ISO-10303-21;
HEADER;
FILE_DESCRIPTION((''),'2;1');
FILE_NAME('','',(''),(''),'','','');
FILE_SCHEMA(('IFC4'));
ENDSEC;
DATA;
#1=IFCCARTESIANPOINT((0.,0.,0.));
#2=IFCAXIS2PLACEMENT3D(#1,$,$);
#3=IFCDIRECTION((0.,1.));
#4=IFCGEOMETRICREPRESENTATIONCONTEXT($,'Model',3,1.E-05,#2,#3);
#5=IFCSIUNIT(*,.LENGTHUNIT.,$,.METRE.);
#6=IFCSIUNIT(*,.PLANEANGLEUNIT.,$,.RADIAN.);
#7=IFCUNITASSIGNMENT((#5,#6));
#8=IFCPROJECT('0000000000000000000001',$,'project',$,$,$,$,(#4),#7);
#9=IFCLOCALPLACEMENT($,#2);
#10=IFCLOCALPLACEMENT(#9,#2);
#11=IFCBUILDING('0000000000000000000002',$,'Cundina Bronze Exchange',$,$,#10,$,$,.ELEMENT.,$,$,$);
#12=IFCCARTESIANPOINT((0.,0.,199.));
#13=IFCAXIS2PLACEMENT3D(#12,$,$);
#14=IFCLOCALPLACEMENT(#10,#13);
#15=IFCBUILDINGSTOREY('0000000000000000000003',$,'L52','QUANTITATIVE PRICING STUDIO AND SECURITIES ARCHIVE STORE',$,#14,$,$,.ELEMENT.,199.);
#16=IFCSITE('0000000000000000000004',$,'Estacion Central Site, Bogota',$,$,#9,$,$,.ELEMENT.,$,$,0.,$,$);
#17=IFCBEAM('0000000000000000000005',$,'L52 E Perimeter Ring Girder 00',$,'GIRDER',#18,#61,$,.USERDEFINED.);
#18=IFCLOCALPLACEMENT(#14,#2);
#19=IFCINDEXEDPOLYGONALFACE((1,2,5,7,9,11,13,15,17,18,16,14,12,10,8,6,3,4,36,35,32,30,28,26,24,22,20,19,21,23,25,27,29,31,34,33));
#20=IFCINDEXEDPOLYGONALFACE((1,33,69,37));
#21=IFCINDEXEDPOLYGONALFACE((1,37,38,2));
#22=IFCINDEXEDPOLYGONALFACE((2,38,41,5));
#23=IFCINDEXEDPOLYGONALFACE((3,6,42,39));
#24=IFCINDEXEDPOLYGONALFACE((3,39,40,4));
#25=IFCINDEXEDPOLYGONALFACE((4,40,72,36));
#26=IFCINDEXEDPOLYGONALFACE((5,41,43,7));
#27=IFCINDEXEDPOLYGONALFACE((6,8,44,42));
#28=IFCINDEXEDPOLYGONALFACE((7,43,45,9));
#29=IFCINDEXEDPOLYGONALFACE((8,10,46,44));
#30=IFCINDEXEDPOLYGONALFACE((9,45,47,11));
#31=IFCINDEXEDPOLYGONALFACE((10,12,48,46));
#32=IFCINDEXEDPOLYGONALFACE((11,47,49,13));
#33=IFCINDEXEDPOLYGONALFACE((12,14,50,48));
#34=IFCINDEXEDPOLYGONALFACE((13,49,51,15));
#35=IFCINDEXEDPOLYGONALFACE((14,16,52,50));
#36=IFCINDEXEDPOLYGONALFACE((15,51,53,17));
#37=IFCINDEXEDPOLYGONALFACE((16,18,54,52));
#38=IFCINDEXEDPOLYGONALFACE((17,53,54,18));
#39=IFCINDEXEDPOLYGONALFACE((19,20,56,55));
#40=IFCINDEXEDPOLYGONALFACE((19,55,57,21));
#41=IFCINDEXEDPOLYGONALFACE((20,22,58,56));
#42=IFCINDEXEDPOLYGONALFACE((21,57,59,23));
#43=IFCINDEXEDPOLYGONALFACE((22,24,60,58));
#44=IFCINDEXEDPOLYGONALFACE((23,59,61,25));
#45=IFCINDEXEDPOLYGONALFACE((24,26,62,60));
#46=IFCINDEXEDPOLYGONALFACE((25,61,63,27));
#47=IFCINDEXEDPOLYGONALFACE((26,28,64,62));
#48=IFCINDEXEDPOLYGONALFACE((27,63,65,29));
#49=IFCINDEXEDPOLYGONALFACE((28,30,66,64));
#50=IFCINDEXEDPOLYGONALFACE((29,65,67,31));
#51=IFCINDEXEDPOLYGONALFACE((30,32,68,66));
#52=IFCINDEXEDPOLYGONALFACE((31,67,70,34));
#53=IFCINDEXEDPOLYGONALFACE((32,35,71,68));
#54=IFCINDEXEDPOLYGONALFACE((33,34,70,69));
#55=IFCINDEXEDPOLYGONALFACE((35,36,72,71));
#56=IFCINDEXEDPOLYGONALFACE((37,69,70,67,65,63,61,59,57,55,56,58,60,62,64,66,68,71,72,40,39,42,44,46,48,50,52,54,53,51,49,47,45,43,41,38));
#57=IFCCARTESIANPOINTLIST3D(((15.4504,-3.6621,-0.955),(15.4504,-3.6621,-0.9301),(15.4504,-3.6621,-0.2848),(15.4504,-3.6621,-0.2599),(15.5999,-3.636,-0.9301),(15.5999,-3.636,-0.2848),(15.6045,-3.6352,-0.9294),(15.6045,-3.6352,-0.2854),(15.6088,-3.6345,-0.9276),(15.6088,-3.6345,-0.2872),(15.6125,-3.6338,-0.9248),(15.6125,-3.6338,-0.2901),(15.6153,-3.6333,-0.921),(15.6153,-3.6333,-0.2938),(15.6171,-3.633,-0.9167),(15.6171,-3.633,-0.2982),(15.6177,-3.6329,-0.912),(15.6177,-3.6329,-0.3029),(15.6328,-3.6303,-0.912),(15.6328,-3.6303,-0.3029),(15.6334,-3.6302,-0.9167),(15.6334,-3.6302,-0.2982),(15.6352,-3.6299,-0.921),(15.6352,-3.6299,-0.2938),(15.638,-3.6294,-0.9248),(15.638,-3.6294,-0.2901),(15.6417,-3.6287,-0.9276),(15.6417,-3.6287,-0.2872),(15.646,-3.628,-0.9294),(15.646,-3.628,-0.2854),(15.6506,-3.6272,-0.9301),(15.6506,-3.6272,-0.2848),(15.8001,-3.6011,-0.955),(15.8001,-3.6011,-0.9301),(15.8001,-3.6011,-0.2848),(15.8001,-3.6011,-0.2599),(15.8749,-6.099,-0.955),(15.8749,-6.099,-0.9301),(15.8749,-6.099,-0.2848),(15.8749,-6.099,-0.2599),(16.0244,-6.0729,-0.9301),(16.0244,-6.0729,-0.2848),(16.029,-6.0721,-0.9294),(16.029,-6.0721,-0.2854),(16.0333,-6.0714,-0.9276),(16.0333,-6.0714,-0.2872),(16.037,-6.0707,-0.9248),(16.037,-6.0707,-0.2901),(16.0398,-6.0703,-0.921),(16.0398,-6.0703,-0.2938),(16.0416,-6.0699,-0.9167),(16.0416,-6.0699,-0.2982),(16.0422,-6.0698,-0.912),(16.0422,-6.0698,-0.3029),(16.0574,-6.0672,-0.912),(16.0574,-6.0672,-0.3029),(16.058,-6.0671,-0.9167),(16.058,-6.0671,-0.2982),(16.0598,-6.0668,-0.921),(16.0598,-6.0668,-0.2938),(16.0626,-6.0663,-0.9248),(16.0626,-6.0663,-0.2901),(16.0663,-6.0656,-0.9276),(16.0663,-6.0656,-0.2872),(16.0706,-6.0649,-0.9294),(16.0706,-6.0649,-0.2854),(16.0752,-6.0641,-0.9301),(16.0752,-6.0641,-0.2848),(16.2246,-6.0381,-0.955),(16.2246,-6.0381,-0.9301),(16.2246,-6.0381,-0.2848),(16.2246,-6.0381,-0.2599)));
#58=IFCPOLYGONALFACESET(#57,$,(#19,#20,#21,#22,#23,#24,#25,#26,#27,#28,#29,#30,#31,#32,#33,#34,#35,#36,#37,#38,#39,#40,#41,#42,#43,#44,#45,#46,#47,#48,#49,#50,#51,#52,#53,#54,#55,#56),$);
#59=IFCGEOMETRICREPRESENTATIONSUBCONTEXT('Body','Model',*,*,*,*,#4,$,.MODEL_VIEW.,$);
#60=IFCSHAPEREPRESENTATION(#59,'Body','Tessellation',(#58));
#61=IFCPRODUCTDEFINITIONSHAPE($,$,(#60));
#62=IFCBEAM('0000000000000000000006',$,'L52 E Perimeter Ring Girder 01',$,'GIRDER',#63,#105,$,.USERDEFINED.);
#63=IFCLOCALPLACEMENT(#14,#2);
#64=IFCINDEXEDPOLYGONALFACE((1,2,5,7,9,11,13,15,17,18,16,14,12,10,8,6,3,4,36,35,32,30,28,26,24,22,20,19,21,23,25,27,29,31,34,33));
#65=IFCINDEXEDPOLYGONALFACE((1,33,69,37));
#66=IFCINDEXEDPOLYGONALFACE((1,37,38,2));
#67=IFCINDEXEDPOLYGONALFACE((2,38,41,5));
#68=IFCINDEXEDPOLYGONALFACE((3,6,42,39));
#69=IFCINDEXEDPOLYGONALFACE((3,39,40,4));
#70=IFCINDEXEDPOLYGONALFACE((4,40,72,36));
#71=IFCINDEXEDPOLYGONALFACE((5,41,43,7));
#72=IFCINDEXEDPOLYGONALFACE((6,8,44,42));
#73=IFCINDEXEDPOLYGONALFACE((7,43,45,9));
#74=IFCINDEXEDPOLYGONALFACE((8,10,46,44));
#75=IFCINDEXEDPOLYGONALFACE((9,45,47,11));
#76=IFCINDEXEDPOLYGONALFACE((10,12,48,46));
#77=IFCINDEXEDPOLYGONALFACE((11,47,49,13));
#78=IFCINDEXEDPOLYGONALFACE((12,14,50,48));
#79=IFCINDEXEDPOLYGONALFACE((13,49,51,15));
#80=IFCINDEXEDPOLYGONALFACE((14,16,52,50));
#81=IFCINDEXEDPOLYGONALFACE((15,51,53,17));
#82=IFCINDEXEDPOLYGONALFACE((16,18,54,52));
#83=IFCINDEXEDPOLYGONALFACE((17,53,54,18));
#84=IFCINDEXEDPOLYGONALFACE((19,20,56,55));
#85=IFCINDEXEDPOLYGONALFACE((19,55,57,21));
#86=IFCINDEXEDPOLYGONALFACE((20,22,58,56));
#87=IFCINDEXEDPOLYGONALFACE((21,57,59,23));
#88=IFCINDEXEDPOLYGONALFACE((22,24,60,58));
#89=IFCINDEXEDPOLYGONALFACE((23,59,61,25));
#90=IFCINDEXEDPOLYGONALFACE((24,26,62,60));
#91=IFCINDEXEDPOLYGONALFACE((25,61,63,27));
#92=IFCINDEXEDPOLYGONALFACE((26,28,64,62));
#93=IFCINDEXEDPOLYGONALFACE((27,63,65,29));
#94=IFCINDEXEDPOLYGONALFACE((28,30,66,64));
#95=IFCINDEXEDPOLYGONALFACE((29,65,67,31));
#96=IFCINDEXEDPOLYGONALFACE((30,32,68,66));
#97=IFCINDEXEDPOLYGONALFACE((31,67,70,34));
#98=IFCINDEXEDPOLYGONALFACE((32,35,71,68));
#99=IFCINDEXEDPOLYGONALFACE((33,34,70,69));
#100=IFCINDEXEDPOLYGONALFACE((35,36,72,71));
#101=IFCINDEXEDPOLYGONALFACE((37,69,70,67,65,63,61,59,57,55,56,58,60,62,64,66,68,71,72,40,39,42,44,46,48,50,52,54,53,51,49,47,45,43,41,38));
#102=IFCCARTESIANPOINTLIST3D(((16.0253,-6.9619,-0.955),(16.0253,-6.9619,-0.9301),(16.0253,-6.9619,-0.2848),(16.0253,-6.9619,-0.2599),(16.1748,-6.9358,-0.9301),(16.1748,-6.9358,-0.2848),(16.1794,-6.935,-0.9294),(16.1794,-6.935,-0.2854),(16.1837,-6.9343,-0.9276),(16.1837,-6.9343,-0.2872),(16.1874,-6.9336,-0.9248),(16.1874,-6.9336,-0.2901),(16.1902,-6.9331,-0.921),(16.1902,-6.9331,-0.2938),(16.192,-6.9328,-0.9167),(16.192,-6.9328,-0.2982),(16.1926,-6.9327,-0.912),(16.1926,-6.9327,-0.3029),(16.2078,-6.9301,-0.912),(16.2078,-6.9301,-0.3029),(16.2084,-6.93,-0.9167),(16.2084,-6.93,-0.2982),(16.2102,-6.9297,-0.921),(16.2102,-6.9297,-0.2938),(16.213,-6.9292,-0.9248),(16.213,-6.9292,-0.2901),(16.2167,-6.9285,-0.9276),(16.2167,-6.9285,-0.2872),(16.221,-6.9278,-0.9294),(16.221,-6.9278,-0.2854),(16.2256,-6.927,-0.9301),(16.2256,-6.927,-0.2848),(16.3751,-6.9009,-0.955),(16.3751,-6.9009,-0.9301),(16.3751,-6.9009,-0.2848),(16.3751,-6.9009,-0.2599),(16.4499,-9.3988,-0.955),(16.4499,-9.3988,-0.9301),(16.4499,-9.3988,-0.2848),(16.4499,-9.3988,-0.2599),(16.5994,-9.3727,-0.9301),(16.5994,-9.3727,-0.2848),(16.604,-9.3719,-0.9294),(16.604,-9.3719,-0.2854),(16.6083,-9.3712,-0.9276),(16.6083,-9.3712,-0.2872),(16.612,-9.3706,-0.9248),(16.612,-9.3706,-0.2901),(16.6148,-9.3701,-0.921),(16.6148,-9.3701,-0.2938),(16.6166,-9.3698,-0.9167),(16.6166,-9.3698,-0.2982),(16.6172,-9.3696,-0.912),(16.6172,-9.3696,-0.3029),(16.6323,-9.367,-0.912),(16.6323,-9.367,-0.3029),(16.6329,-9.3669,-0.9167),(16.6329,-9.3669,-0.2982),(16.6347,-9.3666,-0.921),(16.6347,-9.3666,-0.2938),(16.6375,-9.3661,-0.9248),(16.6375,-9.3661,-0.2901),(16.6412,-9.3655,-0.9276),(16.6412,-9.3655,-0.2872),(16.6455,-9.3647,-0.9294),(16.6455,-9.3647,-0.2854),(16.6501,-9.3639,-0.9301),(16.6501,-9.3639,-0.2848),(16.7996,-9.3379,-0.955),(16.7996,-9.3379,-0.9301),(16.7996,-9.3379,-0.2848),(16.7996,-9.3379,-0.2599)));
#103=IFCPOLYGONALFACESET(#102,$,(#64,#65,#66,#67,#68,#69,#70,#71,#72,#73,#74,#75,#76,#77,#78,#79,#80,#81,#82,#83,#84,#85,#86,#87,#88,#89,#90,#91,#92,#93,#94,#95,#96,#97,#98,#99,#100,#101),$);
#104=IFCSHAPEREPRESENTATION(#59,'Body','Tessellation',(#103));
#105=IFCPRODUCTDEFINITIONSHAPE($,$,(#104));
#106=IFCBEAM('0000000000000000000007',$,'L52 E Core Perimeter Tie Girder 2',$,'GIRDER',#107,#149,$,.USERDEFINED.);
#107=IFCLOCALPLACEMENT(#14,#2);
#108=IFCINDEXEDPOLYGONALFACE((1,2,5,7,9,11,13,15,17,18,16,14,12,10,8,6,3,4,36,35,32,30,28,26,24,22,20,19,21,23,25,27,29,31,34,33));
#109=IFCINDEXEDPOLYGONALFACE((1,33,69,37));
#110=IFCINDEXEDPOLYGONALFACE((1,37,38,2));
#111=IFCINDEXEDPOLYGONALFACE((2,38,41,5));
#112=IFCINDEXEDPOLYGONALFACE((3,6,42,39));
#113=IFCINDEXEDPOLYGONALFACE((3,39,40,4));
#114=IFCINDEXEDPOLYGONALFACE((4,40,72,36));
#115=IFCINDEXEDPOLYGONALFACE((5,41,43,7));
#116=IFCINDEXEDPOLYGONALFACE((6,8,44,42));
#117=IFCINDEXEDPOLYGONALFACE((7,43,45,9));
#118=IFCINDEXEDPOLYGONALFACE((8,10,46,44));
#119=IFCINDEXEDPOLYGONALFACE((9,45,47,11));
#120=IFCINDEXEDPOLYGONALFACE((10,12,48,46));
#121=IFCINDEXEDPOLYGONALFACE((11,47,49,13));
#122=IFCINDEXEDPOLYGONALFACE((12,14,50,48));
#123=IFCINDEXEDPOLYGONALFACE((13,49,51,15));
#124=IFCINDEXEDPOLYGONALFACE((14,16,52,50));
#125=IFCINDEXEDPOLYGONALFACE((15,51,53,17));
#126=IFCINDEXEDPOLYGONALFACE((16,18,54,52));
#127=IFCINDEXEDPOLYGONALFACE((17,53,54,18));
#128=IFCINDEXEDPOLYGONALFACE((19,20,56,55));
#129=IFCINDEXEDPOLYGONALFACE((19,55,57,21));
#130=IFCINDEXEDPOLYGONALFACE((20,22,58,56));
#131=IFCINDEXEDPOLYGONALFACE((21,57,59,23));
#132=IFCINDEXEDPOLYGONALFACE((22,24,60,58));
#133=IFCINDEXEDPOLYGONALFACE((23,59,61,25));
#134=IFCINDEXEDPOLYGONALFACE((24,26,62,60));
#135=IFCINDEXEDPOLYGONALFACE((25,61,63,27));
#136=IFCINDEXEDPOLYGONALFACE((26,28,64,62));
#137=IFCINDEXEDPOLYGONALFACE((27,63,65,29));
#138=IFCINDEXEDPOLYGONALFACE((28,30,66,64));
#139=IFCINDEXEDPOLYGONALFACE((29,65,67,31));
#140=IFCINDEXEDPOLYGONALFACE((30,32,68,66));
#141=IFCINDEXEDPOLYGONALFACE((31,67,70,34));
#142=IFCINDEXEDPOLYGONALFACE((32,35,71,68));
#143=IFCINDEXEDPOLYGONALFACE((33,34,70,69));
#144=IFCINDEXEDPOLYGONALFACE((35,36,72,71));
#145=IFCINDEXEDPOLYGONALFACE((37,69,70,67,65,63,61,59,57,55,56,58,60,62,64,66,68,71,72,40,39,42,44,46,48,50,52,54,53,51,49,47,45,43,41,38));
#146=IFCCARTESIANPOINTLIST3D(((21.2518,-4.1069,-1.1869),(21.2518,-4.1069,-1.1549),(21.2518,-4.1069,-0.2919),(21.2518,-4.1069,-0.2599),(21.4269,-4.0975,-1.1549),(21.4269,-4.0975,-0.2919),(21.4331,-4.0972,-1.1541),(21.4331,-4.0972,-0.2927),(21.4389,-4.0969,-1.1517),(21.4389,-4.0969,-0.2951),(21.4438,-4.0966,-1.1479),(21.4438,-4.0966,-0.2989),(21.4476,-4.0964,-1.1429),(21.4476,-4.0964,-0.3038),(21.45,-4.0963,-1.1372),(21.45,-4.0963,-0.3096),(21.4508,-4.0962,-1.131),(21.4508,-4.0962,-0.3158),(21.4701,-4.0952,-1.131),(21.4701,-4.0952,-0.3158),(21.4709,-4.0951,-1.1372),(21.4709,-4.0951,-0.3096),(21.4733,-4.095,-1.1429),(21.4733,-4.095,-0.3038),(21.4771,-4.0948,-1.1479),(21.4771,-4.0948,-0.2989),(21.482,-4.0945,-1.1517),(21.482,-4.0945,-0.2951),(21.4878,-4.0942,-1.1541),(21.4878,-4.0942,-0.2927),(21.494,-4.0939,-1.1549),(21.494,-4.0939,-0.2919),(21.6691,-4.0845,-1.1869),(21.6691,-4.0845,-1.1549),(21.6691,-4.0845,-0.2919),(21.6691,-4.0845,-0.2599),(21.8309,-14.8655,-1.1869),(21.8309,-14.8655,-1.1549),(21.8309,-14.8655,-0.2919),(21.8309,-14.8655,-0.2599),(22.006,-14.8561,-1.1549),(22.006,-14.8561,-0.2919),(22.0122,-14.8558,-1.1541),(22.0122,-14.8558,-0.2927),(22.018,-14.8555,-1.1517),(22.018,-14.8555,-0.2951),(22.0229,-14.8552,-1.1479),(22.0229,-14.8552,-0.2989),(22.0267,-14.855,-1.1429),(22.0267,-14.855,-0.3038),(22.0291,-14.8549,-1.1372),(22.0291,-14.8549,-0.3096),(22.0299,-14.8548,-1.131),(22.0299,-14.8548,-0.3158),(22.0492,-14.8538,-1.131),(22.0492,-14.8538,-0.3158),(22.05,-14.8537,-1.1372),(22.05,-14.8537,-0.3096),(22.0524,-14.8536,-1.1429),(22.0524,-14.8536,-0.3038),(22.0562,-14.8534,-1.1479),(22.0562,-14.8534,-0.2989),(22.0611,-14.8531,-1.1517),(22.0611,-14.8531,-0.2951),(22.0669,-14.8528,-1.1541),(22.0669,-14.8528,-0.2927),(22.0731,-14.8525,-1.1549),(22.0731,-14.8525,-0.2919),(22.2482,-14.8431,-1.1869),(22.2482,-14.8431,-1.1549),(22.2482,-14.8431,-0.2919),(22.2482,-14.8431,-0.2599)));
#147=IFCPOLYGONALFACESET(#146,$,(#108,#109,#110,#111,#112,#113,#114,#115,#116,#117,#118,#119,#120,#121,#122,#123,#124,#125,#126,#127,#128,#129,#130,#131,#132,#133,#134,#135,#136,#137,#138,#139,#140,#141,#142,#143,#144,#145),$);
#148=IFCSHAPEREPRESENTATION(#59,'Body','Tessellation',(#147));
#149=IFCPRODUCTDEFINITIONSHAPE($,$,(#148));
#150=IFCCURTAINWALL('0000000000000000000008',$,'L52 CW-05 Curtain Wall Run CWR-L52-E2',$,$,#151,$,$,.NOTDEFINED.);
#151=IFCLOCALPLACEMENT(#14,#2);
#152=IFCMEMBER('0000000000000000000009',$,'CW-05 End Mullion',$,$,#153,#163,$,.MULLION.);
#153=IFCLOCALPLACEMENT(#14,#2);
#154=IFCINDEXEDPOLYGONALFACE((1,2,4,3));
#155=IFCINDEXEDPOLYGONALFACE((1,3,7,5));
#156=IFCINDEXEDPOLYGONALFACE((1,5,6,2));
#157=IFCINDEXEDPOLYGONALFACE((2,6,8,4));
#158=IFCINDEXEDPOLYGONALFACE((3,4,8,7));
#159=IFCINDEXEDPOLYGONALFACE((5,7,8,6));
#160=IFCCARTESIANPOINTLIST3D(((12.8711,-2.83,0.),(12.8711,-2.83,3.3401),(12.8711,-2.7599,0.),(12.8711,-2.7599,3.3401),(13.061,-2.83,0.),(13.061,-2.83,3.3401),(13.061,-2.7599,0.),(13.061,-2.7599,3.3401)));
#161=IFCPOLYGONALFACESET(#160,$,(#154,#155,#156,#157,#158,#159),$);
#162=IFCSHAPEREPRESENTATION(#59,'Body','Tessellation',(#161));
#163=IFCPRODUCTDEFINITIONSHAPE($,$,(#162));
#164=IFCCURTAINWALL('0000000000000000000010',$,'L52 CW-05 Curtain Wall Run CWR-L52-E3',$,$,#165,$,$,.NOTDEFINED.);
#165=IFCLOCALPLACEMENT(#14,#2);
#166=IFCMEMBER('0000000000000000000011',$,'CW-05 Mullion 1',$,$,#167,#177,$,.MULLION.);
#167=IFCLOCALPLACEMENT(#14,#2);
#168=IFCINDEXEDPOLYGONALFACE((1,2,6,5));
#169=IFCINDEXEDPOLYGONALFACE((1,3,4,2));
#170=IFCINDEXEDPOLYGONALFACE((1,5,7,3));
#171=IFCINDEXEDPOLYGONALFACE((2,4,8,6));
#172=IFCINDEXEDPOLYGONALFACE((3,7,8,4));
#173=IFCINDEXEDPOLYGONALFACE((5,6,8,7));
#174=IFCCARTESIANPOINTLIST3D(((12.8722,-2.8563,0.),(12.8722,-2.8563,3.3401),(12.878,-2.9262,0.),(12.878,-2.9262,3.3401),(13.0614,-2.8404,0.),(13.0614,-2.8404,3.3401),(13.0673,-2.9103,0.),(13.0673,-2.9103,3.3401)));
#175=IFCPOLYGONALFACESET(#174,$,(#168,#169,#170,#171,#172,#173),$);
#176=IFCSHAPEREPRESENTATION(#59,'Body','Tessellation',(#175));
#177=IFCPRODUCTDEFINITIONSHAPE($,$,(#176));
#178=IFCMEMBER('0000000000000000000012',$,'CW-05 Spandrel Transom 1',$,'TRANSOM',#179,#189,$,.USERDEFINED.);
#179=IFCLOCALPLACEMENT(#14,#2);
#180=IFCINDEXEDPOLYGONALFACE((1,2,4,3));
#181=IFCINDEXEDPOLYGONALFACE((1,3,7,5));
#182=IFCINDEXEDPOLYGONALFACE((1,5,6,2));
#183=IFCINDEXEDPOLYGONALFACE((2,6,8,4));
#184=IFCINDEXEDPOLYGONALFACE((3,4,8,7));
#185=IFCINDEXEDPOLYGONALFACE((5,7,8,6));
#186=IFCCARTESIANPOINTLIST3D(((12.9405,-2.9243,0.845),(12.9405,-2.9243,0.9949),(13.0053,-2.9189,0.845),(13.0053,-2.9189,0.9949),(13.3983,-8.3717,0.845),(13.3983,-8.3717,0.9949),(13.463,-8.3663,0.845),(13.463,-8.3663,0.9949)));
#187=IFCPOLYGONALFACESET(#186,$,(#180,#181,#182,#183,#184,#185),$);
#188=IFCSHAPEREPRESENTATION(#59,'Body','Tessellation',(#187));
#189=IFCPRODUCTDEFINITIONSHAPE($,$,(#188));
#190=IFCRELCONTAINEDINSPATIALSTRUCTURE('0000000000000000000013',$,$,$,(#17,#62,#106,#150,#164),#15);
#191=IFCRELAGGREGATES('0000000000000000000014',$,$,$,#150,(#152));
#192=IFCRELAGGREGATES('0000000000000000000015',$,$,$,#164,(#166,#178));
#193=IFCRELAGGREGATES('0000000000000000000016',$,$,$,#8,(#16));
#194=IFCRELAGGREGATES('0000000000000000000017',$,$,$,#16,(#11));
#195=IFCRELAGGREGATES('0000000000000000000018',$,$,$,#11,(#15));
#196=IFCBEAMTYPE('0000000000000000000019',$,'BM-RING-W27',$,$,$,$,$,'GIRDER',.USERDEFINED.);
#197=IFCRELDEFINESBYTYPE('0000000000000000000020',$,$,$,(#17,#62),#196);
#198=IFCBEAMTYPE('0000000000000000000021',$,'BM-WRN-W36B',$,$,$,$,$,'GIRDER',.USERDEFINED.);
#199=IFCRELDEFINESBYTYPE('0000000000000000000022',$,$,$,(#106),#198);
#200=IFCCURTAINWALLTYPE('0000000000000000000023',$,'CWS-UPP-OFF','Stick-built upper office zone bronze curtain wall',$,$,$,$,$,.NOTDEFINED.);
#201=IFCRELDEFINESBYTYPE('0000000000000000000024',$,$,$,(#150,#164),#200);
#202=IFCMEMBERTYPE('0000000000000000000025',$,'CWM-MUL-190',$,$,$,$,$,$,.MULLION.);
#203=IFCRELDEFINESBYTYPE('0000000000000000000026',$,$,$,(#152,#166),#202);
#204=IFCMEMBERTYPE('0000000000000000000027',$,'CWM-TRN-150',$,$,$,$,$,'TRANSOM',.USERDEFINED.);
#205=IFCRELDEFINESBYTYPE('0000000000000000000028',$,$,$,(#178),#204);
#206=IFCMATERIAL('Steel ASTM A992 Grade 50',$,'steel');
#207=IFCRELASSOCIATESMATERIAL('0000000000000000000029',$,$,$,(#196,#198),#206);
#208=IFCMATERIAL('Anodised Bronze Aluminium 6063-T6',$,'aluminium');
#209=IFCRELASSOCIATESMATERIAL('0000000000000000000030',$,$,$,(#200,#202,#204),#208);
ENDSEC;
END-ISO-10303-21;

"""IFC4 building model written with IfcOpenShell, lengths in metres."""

from ifc_helpers import new_model, si_unit, direction, frame, origin, origin_2d, place, context, subcontext, project, spatial, rectangle, i_section, extrude, material, material_profile, profile_set, type_object, element, aggregate, save


model = new_model("IFC4")

# Units and contexts
model_context = context("Model", 3, precision=1e-05, world=origin(), true_north=direction((0.0, 1.0)))
body_context = subcontext(model_context, "Body", "Model", "MODEL_VIEW")
ifc_project = project(units=[si_unit("LENGTHUNIT", "METRE"), si_unit("PLANEANGLEUNIT", "RADIAN")], contexts=[model_context])

# Site, building, storey
site_placement = place(None, origin())
site = spatial("IfcSite", under=ifc_project, at=site_placement, Name="Estacion Central Site, Bogota", CompositionType="ELEMENT", RefElevation=0.0)
building_placement = place(site_placement, origin())
building = spatial("IfcBuilding", under=site, at=building_placement, Name="Cundina Bronze Exchange", CompositionType="ELEMENT")
storey_placement = place(building_placement, frame((0.0, 0.0, 199.0)))
storey = spatial("IfcBuildingStorey", under=building, at=storey_placement, Name="L52", Description="QUANTITATIVE PRICING STUDIO AND SECURITIES ARCHIVE STORE", CompositionType="ELEMENT", Elevation=199.0)

# Shared definitions
ifc_material_1 = material(Name="Steel ASTM A992 Grade 50", Category="steel")

# Beams
ifc_material_profile_1 = material_profile(ifc_material_1, i_section(OverallWidth=0.355, OverallDepth=0.6951, WebThickness=0.0154, FlangeThickness=0.0249, FilletRadius=0.0181, at=origin_2d()), Name="W27X146", Category="steel")
ifc_profile_set_1 = profile_set([ifc_material_profile_1], Name="Steel ASTM A992 Grade 50")
beam_type_1 = type_object("IfcBeamType", Name="BM-RING-W27", ElementType="GIRDER", PredefinedType="USERDEFINED", material=ifc_profile_set_1)
for number, where, z_axis, x_axis, name in (
    (1, (15.6252, -3.6316, -0.6074), (0.171629, -0.985162, 0.0), (0.985162, 0.171629, 0.0), "L52 E Perimeter Ring Girder 00"),
    (2, (16.2002, -6.9314, -0.6074), (0.171629, -0.985162, 0.0), (0.985162, 0.171629, 0.0), "L52 E Perimeter Ring Girder 01"),
):
    element("IfcBeam", number, at=place(storey_placement, frame(where, z_axis=z_axis, x_axis=x_axis)), inside=storey, type_object=beam_type_1, Name=name, ObjectType="GIRDER", PredefinedType="USERDEFINED", context=body_context, shape_type="SweptSolid", body=[
        extrude(i_section(OverallWidth=0.355, OverallDepth=0.6951, WebThickness=0.0154, FlangeThickness=0.0249, FilletRadius=0.0181, at=origin_2d()), origin(), (0.0, 0.0, 1.0), 2.4736),
    ])
ifc_material_profile_2 = material_profile(ifc_material_1, i_section(OverallWidth=0.418, OverallDepth=0.927, WebThickness=0.0193, FlangeThickness=0.032, FilletRadius=0.0239, at=origin_2d()), Name="W36X231", Category="steel")
ifc_profile_set_2 = profile_set([ifc_material_profile_2], Name="Steel ASTM A992 Grade 50")
beam_type_2 = type_object("IfcBeamType", Name="BM-WRN-W36B", ElementType="GIRDER", PredefinedType="USERDEFINED", material=ifc_profile_set_2)
beam_1_placement = place(storey_placement, frame((21.4604, -4.0957, -0.7234), z_axis=(0.053749, -0.998554, 0.0), x_axis=(0.998554, 0.053749, 0.0)))
element("IfcBeam", 3, at=beam_1_placement, inside=storey, type_object=beam_type_2, Name="L52 E Core Perimeter Tie Girder 2", ObjectType="GIRDER", PredefinedType="USERDEFINED", context=body_context, shape_type="SweptSolid", body=[
    extrude(i_section(OverallWidth=0.418, OverallDepth=0.927, WebThickness=0.0193, FlangeThickness=0.032, FilletRadius=0.0239, at=origin_2d()), origin(), (0.0, 0.0, 1.0), 10.7742),
])

# Curtain wall, member
ifc_material_2 = material(Name="Anodised Bronze Aluminium 6063-T6", Category="aluminium")
curtain_wall_type = type_object("IfcCurtainWallType", Name="CWS-UPP-OFF", Description="Stick-built upper office zone bronze curtain wall", PredefinedType="NOTDEFINED", material=ifc_material_2)
curtain_wall_1_placement = place(storey_placement, origin())
curtain_wall_1 = element("IfcCurtainWall", 4, at=curtain_wall_1_placement, inside=storey, type_object=curtain_wall_type, Name="L52 CW-05 Curtain Wall Run CWR-L52-E2", PredefinedType="NOTDEFINED")
ifc_material_profile_3 = material_profile(ifc_material_2, rectangle(XDim=0.0701, YDim=0.1899, at=origin_2d()), Name="AL70X190", Category="aluminium")
ifc_profile_set_3 = profile_set([ifc_material_profile_3], Name="Anodised Bronze Aluminium 6063-T6")
member_type_1 = type_object("IfcMemberType", Name="CWM-MUL-190", PredefinedType="MULLION", material=ifc_profile_set_3)
member_1_placement = place(storey_placement, frame((12.9661, -2.7949, 0.0), z_axis=(0.0, 0.0, 1.0), x_axis=(0.0, -1.0, 0.0)))
member_1 = element("IfcMember", 5, at=member_1_placement, type_object=member_type_1, Name="CW-05 End Mullion", PredefinedType="MULLION", context=body_context, shape_type="SweptSolid", body=[
    extrude(rectangle(XDim=0.0701, YDim=0.1899, at=origin_2d()), origin(), (0.0, 0.0, 1.0), 3.3401),
])
aggregate(curtain_wall_1, [member_1])

# Curtain wall, members
curtain_wall_2_placement = place(storey_placement, origin())
curtain_wall_2 = element("IfcCurtainWall", 6, at=curtain_wall_2_placement, inside=storey, type_object=curtain_wall_type, Name="L52 CW-05 Curtain Wall Run CWR-L52-E3", PredefinedType="NOTDEFINED")
member_2_placement = place(storey_placement, frame((12.9697, -2.8833, 0.0), z_axis=(0.0, 0.0, 1.0), x_axis=(0.083678, -0.996493, 0.0)))
member_2 = element("IfcMember", 7, at=member_2_placement, type_object=member_type_1, Name="CW-05 Mullion 1", PredefinedType="MULLION", context=body_context, shape_type="SweptSolid", body=[
    extrude(rectangle(XDim=0.0701, YDim=0.1899, at=origin_2d()), origin(), (0.0, 0.0, 1.0), 3.3401),
])
ifc_material_profile_4 = material_profile(ifc_material_2, rectangle(XDim=0.0649, YDim=0.1499, at=origin_2d()), Name="AL65X150", Category="aluminium")
ifc_profile_set_4 = profile_set([ifc_material_profile_4], Name="Anodised Bronze Aluminium 6063-T6")
member_type_2 = type_object("IfcMemberType", Name="CWM-TRN-150", ElementType="TRANSOM", PredefinedType="USERDEFINED", material=ifc_profile_set_4)
member_3_placement = place(storey_placement, frame((12.9729, -2.9216, 0.9199), z_axis=(0.08374, -0.996488, 0.0), x_axis=(0.996488, 0.08374, 0.0)))
member_3 = element("IfcMember", 8, at=member_3_placement, type_object=member_type_2, Name="CW-05 Spandrel Transom 1", ObjectType="TRANSOM", PredefinedType="USERDEFINED", context=body_context, shape_type="SweptSolid", body=[
    extrude(rectangle(XDim=0.0649, YDim=0.1499, at=origin_2d()), origin(), (0.0, 0.0, 1.0), 5.4666),
])
aggregate(curtain_wall_2, [member_2, member_3])

save(model, "model.ifc")
